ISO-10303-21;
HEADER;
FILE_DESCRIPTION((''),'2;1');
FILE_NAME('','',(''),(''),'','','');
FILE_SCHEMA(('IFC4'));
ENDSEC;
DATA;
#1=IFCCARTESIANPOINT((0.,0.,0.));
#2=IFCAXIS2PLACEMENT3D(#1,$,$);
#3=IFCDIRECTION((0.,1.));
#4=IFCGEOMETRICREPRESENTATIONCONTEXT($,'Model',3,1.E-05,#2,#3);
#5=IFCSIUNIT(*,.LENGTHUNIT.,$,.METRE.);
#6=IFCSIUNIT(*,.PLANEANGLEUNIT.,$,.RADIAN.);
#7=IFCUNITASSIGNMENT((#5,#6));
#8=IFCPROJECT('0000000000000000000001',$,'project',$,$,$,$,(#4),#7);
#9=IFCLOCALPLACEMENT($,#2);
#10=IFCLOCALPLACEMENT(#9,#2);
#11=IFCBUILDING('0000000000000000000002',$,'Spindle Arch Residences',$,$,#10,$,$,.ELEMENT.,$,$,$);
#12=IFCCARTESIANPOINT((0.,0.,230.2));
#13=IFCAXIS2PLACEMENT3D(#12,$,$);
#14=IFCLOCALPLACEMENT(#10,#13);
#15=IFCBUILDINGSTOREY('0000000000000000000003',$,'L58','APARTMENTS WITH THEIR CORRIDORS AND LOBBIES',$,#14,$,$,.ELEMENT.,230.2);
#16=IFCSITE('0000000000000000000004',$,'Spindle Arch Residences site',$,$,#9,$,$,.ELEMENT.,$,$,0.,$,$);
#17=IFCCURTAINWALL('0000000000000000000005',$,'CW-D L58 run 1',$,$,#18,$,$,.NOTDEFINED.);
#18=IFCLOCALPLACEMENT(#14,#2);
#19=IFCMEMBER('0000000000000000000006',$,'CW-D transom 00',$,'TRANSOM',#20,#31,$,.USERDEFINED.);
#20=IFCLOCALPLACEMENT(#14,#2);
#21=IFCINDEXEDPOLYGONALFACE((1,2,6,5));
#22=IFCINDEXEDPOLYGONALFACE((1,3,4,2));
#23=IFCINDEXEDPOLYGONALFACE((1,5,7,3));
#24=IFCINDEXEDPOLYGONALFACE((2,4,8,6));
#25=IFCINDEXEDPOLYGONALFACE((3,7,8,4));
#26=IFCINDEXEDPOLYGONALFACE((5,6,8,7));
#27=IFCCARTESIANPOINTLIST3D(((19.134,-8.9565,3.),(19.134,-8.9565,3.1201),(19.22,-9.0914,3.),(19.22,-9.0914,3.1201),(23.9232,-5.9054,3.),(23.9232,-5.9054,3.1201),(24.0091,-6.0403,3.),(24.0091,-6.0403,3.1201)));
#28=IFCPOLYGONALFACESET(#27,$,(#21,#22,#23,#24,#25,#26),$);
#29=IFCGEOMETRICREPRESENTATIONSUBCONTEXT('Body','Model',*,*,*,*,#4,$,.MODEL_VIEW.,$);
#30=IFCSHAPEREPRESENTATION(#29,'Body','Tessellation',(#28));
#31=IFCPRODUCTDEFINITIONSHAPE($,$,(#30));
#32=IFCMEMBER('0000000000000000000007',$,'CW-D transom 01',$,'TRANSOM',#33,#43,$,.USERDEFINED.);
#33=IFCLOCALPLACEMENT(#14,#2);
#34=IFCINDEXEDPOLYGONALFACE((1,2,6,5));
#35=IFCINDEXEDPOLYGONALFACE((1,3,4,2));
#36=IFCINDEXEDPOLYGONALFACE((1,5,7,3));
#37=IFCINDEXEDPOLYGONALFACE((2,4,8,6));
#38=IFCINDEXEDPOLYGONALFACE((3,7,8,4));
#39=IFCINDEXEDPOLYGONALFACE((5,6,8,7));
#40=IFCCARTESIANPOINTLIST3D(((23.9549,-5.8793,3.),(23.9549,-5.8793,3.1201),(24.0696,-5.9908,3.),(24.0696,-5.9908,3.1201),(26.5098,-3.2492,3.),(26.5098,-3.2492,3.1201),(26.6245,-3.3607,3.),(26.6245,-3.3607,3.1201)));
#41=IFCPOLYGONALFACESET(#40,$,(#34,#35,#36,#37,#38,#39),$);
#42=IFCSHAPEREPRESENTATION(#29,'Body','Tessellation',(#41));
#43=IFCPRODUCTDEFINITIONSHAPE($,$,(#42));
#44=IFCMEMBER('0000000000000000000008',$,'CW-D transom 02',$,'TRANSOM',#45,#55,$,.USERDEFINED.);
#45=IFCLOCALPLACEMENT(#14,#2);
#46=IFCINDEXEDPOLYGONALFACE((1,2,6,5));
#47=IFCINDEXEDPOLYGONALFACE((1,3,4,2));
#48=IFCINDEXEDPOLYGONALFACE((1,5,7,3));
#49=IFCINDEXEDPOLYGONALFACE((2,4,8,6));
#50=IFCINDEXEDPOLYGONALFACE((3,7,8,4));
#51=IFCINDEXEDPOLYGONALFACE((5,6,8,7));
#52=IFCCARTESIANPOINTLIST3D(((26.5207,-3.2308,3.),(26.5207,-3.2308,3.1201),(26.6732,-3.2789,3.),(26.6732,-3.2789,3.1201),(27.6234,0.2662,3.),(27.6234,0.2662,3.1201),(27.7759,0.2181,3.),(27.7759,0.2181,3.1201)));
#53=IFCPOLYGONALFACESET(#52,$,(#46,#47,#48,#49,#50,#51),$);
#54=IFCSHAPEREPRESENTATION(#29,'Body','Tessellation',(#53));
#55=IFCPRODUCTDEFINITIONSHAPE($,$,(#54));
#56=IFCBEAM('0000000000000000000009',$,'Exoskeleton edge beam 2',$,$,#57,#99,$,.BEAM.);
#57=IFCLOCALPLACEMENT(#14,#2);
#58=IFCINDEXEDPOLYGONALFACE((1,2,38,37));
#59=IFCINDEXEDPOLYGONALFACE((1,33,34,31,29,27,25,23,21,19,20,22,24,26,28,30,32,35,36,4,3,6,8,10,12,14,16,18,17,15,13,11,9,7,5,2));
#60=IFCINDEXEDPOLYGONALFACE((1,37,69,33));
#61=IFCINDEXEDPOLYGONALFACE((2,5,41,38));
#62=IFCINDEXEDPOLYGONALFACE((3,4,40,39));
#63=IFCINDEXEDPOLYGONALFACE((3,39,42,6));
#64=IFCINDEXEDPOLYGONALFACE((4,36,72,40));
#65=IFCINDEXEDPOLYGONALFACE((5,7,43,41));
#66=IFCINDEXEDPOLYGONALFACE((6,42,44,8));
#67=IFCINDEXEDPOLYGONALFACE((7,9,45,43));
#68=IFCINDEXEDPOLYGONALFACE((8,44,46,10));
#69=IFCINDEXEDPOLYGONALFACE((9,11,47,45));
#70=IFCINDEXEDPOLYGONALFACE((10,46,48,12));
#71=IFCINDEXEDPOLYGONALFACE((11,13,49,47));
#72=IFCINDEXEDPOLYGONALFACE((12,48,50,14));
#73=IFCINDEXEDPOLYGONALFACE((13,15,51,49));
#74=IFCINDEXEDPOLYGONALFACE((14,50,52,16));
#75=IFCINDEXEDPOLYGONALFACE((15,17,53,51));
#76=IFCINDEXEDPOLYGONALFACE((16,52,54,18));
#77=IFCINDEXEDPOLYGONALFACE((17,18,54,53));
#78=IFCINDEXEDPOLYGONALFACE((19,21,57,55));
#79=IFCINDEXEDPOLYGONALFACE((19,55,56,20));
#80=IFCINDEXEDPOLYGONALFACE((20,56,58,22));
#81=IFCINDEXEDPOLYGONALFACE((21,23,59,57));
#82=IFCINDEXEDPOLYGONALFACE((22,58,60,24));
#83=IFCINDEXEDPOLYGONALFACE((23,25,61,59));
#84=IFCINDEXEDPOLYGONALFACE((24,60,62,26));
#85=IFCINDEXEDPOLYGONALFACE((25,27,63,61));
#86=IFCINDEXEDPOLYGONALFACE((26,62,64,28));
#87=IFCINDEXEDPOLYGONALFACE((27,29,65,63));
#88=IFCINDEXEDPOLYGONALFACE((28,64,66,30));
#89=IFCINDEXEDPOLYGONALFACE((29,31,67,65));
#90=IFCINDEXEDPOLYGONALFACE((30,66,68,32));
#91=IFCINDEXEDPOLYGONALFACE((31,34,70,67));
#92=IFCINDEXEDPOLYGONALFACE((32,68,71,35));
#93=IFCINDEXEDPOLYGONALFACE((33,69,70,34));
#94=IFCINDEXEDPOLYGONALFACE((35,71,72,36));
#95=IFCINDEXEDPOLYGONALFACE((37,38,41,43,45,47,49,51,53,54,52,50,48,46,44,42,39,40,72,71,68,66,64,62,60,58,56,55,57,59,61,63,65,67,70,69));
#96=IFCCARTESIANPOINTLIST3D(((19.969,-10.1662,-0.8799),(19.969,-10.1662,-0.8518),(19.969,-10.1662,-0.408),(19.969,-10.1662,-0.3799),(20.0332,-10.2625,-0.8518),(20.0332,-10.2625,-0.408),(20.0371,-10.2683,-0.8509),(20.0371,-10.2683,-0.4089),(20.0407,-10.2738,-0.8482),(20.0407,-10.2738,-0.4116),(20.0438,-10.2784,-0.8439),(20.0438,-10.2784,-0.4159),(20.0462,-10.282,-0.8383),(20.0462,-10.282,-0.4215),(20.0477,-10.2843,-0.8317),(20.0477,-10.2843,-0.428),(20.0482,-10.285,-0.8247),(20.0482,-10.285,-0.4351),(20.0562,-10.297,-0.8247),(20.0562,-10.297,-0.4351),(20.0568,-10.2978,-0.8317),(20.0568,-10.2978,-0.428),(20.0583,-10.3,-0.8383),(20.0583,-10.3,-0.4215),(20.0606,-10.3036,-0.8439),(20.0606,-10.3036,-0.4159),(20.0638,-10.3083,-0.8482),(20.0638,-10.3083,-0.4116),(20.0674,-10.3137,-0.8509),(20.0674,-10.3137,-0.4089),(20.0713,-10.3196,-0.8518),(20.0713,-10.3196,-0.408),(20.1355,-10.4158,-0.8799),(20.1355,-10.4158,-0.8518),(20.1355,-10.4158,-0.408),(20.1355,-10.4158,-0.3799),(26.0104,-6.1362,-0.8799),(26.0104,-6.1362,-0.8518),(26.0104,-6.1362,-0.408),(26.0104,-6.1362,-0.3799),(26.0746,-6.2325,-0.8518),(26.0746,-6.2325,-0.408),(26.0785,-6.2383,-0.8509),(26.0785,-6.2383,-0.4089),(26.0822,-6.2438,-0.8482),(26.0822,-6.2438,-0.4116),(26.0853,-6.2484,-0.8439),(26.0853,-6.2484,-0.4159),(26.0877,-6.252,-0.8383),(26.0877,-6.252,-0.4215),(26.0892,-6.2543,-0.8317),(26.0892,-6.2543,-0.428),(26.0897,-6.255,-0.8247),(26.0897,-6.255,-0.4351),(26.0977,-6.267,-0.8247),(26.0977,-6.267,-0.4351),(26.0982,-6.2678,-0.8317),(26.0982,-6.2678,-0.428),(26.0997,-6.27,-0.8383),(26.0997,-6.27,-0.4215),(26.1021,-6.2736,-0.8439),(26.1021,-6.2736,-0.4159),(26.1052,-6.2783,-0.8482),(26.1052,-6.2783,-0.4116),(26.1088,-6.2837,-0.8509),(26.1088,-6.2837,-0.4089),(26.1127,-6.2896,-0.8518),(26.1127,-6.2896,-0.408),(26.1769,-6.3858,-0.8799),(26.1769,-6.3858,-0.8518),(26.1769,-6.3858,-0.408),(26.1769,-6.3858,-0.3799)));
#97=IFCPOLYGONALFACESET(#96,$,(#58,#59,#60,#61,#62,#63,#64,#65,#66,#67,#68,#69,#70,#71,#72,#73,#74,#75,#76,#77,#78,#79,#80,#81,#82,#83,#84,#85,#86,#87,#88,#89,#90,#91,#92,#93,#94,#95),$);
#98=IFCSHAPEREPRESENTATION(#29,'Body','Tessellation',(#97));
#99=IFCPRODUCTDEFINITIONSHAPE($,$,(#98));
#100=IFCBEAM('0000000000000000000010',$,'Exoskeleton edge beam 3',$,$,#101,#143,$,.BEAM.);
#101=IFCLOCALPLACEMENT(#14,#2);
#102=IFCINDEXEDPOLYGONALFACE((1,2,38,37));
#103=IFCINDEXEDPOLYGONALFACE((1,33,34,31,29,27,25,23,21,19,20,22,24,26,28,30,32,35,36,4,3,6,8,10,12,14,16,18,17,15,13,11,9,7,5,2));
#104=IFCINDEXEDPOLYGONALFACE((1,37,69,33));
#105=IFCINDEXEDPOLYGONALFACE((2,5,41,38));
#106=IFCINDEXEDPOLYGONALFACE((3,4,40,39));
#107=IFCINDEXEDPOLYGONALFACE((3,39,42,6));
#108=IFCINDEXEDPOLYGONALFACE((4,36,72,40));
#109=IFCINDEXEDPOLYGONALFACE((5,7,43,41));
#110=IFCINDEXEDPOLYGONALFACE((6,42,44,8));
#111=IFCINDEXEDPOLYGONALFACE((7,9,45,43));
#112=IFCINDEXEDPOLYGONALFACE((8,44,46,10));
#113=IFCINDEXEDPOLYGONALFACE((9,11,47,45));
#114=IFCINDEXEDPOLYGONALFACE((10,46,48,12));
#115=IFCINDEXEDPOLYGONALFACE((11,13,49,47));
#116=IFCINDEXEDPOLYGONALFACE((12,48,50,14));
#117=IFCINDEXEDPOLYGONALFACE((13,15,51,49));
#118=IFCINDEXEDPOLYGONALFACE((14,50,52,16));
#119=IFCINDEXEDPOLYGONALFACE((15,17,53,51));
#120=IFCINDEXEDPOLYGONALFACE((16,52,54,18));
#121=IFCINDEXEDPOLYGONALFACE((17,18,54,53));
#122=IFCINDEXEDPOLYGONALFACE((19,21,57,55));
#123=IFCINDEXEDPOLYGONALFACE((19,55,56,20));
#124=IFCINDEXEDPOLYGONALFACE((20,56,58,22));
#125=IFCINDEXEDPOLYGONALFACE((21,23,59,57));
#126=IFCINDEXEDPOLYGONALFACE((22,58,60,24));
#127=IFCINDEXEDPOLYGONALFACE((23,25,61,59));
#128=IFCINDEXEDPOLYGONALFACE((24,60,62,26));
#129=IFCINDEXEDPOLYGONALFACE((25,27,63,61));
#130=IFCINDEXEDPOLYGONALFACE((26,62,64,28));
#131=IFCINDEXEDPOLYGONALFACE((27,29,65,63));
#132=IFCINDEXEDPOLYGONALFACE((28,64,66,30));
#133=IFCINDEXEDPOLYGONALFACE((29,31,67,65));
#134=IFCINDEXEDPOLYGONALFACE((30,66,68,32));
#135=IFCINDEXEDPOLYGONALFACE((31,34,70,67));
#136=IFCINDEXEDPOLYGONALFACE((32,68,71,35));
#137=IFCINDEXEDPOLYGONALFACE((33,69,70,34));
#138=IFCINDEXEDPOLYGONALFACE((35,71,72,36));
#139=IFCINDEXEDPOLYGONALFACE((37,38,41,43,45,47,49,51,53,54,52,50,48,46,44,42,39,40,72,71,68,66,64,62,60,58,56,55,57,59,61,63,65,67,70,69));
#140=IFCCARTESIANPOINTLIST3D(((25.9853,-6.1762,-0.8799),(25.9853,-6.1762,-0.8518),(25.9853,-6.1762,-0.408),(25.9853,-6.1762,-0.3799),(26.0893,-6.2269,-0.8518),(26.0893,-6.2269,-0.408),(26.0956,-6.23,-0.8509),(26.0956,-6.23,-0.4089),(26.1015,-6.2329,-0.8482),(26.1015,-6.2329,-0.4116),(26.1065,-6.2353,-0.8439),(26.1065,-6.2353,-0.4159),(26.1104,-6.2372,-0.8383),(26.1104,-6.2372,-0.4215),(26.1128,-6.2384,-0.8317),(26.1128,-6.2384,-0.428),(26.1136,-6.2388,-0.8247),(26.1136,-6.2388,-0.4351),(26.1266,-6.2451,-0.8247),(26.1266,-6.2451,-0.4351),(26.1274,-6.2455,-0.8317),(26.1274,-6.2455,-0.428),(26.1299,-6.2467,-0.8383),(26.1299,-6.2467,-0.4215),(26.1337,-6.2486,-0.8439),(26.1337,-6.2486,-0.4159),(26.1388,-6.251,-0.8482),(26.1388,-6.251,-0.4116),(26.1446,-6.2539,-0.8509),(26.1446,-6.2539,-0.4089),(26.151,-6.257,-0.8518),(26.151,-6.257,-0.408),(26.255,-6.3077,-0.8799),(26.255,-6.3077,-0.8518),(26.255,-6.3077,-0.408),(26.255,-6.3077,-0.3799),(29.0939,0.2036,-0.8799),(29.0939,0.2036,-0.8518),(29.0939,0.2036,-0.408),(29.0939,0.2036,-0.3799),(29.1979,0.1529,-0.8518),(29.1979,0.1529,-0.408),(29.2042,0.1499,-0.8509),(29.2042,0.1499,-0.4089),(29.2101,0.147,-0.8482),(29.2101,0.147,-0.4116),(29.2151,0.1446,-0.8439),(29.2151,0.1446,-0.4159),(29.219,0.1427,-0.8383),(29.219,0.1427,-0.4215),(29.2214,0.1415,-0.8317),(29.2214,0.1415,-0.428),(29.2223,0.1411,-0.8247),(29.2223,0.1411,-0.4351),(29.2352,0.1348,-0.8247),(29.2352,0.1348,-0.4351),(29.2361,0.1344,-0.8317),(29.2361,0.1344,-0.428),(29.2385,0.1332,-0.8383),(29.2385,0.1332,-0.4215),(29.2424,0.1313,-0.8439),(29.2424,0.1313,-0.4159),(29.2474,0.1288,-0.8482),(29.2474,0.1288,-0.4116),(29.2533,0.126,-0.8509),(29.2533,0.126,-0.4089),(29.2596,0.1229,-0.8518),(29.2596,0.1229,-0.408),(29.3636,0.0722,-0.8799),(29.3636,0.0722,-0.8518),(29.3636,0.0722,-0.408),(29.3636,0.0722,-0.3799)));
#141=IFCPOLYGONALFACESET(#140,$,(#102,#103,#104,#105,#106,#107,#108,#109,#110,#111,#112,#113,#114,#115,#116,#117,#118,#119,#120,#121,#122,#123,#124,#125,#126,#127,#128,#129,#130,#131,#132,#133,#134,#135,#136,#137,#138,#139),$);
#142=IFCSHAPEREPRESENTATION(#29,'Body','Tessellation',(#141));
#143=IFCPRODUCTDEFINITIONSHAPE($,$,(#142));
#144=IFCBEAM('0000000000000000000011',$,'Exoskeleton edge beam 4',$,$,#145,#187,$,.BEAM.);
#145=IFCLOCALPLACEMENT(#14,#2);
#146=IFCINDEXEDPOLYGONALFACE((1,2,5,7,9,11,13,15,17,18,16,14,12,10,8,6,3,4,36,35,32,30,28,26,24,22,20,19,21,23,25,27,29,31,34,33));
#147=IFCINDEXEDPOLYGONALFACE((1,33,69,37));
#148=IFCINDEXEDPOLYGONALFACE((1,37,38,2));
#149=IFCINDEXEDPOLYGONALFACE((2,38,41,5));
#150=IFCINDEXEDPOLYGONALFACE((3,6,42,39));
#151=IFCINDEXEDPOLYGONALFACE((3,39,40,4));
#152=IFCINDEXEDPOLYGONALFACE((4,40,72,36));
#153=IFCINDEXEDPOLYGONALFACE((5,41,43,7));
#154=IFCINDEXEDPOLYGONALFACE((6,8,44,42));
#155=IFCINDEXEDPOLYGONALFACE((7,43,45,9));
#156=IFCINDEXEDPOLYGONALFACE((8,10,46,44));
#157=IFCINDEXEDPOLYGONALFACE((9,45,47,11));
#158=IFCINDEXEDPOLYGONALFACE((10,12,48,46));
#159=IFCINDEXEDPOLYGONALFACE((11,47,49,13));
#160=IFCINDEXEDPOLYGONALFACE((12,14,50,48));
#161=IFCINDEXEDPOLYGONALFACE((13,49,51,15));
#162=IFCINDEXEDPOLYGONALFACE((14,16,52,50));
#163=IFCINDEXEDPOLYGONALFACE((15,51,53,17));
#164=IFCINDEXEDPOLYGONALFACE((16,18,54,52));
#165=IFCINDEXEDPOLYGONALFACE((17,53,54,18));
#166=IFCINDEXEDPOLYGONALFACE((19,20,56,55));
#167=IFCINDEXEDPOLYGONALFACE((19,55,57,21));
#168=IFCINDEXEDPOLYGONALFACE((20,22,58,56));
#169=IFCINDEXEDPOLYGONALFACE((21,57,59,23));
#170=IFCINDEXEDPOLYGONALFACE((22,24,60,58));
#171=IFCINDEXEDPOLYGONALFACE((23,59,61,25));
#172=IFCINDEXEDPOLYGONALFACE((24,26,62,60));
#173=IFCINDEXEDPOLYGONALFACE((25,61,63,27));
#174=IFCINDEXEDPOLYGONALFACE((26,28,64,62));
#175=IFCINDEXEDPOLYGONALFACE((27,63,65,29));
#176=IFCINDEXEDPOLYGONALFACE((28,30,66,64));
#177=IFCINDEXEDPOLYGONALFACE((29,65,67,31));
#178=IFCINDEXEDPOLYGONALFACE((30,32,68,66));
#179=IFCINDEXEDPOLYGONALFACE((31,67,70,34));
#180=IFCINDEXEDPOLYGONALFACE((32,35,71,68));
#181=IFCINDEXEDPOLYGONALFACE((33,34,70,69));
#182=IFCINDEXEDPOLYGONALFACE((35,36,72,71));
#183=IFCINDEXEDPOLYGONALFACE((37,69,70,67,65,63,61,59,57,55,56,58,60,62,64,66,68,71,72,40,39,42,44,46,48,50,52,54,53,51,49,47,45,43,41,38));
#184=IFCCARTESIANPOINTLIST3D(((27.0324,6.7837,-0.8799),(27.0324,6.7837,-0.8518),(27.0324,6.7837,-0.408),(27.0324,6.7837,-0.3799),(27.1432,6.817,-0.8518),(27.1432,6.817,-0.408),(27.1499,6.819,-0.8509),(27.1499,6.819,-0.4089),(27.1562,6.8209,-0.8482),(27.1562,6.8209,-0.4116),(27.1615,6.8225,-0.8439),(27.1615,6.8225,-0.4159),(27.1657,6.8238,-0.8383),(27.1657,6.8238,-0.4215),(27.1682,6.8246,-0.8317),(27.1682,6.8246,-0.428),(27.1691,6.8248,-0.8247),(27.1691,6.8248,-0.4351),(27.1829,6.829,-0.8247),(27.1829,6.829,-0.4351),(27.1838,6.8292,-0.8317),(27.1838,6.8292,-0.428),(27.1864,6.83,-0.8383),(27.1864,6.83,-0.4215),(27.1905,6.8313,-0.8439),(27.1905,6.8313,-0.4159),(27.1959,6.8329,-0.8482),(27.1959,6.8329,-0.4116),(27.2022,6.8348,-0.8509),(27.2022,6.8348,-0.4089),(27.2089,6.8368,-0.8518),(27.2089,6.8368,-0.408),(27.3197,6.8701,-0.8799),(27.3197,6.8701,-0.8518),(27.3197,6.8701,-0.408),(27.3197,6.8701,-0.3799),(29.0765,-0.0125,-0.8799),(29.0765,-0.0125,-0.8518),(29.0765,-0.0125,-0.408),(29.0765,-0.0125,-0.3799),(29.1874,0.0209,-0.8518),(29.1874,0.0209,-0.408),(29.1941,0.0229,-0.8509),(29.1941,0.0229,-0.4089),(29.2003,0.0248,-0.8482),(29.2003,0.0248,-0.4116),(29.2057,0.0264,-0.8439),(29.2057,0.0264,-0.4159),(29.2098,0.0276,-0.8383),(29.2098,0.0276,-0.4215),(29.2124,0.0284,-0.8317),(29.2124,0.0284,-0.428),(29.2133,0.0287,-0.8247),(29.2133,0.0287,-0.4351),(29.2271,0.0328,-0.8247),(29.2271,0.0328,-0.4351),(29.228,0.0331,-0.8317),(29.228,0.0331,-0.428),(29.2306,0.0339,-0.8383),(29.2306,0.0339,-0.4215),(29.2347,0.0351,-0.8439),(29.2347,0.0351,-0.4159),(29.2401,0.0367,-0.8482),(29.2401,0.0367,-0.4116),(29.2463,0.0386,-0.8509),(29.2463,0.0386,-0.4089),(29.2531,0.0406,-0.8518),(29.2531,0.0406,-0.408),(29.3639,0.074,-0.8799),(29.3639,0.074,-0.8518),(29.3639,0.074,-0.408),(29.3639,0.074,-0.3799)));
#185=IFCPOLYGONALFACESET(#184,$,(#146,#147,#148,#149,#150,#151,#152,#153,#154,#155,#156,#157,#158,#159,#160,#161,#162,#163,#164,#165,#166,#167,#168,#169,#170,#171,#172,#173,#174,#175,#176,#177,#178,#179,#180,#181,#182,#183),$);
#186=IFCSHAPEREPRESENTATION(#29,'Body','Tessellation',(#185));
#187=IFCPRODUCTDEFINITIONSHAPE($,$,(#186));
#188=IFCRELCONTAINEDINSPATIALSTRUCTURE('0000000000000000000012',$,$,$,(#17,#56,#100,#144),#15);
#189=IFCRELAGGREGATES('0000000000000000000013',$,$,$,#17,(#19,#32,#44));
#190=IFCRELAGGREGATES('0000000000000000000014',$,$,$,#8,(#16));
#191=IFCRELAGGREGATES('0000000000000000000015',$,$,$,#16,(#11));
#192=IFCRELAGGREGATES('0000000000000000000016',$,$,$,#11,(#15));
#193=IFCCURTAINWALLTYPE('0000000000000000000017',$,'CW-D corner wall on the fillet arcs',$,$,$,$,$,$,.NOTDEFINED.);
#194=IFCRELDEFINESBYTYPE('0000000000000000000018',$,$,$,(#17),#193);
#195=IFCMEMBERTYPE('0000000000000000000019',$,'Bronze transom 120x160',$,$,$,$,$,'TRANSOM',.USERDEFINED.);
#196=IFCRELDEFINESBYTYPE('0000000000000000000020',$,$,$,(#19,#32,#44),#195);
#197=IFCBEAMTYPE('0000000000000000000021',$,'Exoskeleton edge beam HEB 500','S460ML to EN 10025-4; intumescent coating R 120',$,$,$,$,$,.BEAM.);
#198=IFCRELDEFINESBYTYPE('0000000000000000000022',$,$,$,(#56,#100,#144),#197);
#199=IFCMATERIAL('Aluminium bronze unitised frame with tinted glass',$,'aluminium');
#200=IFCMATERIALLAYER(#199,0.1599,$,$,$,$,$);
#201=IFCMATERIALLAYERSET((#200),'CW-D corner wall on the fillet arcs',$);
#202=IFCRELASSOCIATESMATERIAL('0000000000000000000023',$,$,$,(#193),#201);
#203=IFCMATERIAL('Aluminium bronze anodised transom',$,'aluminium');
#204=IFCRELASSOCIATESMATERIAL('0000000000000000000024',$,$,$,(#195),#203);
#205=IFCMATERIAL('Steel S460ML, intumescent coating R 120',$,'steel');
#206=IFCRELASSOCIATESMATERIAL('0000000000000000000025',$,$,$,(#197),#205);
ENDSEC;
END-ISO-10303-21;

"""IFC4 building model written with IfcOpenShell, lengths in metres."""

from ifc_helpers import new_model, si_unit, direction, frame, origin, origin_2d, place, context, subcontext, project, spatial, rectangle, i_section, extrude, material, layer, layer_set, material_profile, profile_set, type_object, element, aggregate, save


model = new_model("IFC4")

# Units and contexts
model_context = context("Model", 3, precision=1e-05, world=origin(), true_north=direction((0.0, 1.0)))
body_context = subcontext(model_context, "Body", "Model", "MODEL_VIEW")
ifc_project = project(units=[si_unit("LENGTHUNIT", "METRE"), si_unit("PLANEANGLEUNIT", "RADIAN")], contexts=[model_context])

# Site, building, storey
site_placement = place(None, origin())
site = spatial("IfcSite", under=ifc_project, at=site_placement, Name="Spindle Arch Residences site", CompositionType="ELEMENT", RefElevation=0.0)
building_placement = place(site_placement, origin())
building = spatial("IfcBuilding", under=site, at=building_placement, Name="Spindle Arch Residences", CompositionType="ELEMENT")
storey_placement = place(building_placement, frame((0.0, 0.0, 230.2)))
storey = spatial("IfcBuildingStorey", under=building, at=storey_placement, Name="L58", Description="APARTMENTS WITH THEIR CORRIDORS AND LOBBIES", CompositionType="ELEMENT", Elevation=230.2)

# Curtain wall, members
ifc_material_1 = material(Name="Aluminium bronze unitised frame with tinted glass", Category="aluminium")
ifc_layer_1 = layer(ifc_material_1, 0.1599)
ifc_layer_set_1 = layer_set([ifc_layer_1], Name="CW-D corner wall on the fillet arcs")
curtain_wall_type = type_object("IfcCurtainWallType", Name="CW-D corner wall on the fillet arcs", PredefinedType="NOTDEFINED", material=ifc_layer_set_1)
curtain_wall_placement = place(storey_placement, origin())
curtain_wall = element("IfcCurtainWall", 1, at=curtain_wall_placement, inside=storey, type_object=curtain_wall_type, Name="CW-D L58 run 1", PredefinedType="NOTDEFINED")
ifc_material_2 = material(Name="Aluminium bronze anodised transom", Category="aluminium")
ifc_material_profile_1 = material_profile(ifc_material_2, rectangle(XDim=0.1599, YDim=0.1201, at=origin_2d()), Name="TR 120x160")
ifc_profile_set_1 = profile_set([ifc_material_profile_1], Name="Aluminium bronze anodised transom")
member_type_1 = type_object("IfcMemberType", Name="Bronze transom 120x160", ElementType="TRANSOM", PredefinedType="USERDEFINED", material=ifc_profile_set_1)
member_1_placement = place(storey_placement, frame((19.177, -9.0239, 3.0601), z_axis=(0.843387, 0.537307, 0.0), x_axis=(-0.537307, 0.843387, 0.0)))
member_1 = element("IfcMember", 2, at=member_1_placement, type_object=member_type_1, Name="CW-D transom 00", ObjectType="TRANSOM", PredefinedType="USERDEFINED", context=body_context, shape_type="SweptSolid", body=[
    extrude(rectangle(XDim=0.1599, YDim=0.1201, at=origin_2d()), origin(), (0.0, 0.0, 1.0), 5.6785),
])
member_2_placement = place(storey_placement, frame((24.0122, -5.9351, 3.0601), z_axis=(0.696779, 0.717286, 0.0), x_axis=(-0.717286, 0.696779, 0.0)))
member_2 = element("IfcMember", 3, at=member_2_placement, type_object=member_type_1, Name="CW-D transom 01", ObjectType="TRANSOM", PredefinedType="USERDEFINED", context=body_context, shape_type="SweptSolid", body=[
    extrude(rectangle(XDim=0.1599, YDim=0.1201, at=origin_2d()), origin(), (0.0, 0.0, 1.0), 3.6667),
])
member_3_placement = place(storey_placement, frame((26.5969, -3.2549, 3.0601), z_axis=(0.300746, 0.953704, 0.0), x_axis=(-0.953704, 0.300746, 0.0)))
member_3 = element("IfcMember", 4, at=member_3_placement, type_object=member_type_1, Name="CW-D transom 02", ObjectType="TRANSOM", PredefinedType="USERDEFINED", context=body_context, shape_type="SweptSolid", body=[
    extrude(rectangle(XDim=0.1599, YDim=0.1201, at=origin_2d()), origin(), (0.0, 0.0, 1.0), 3.6667),
])

# Beams
ifc_material_3 = material(Name="Steel S460ML, intumescent coating R 120", Category="steel")
ifc_material_profile_2 = material_profile(ifc_material_3, i_section(OverallWidth=0.3, OverallDepth=0.5, WebThickness=0.0144, FlangeThickness=0.0281, FilletRadius=0.0271, at=origin_2d()), Name="HEB 500")
ifc_profile_set_2 = profile_set([ifc_material_profile_2], Name="Steel S460ML, intumescent coating R 120")
beam_type_1 = type_object("IfcBeamType", Name="Exoskeleton edge beam HEB 500", Description="S460ML to EN 10025-4; intumescent coating R 120", PredefinedType="BEAM", material=ifc_profile_set_2)
beam_1_placement = place(storey_placement, frame((20.0522, -10.291, -0.6299), z_axis=(0.8319, 0.554925, 0.0), x_axis=(-0.554925, 0.8319, 0.0)))
element("IfcBeam", 5, at=beam_1_placement, inside=storey, type_object=beam_type_1, Name="Exoskeleton edge beam 2", PredefinedType="BEAM", context=body_context, shape_type="SweptSolid", body=[
    extrude(i_section(OverallWidth=0.3, OverallDepth=0.5, WebThickness=0.0144, FlangeThickness=0.0281, FilletRadius=0.0271, at=origin_2d()), origin(), (0.0, 0.0, 1.0), 7.2622),
])
for number, where, z_axis, x_axis, name in (
    (6, (26.1201, -6.2419, -0.6299), (0.438026, 0.898962, 0.0), (-0.898962, 0.438026, 0.0), "Exoskeleton edge beam 3"),
    (7, (29.2202, 0.0308, -0.6299), (-0.288039, 0.957619, 0.0), (-0.957619, -0.288039, 0.0), "Exoskeleton edge beam 4"),
):
    element("IfcBeam", number, at=place(storey_placement, frame(where, z_axis=z_axis, x_axis=x_axis)), inside=storey, type_object=beam_type_1, Name=name, PredefinedType="BEAM", context=body_context, shape_type="SweptSolid", body=[
        extrude(i_section(OverallWidth=0.3, OverallDepth=0.5, WebThickness=0.0144, FlangeThickness=0.0281, FilletRadius=0.0271, at=origin_2d()), origin(), (0.0, 0.0, 1.0), 7.0969),
    ])

aggregate(curtain_wall, [member_1, member_2, member_3])

save(model, "model.ifc")
